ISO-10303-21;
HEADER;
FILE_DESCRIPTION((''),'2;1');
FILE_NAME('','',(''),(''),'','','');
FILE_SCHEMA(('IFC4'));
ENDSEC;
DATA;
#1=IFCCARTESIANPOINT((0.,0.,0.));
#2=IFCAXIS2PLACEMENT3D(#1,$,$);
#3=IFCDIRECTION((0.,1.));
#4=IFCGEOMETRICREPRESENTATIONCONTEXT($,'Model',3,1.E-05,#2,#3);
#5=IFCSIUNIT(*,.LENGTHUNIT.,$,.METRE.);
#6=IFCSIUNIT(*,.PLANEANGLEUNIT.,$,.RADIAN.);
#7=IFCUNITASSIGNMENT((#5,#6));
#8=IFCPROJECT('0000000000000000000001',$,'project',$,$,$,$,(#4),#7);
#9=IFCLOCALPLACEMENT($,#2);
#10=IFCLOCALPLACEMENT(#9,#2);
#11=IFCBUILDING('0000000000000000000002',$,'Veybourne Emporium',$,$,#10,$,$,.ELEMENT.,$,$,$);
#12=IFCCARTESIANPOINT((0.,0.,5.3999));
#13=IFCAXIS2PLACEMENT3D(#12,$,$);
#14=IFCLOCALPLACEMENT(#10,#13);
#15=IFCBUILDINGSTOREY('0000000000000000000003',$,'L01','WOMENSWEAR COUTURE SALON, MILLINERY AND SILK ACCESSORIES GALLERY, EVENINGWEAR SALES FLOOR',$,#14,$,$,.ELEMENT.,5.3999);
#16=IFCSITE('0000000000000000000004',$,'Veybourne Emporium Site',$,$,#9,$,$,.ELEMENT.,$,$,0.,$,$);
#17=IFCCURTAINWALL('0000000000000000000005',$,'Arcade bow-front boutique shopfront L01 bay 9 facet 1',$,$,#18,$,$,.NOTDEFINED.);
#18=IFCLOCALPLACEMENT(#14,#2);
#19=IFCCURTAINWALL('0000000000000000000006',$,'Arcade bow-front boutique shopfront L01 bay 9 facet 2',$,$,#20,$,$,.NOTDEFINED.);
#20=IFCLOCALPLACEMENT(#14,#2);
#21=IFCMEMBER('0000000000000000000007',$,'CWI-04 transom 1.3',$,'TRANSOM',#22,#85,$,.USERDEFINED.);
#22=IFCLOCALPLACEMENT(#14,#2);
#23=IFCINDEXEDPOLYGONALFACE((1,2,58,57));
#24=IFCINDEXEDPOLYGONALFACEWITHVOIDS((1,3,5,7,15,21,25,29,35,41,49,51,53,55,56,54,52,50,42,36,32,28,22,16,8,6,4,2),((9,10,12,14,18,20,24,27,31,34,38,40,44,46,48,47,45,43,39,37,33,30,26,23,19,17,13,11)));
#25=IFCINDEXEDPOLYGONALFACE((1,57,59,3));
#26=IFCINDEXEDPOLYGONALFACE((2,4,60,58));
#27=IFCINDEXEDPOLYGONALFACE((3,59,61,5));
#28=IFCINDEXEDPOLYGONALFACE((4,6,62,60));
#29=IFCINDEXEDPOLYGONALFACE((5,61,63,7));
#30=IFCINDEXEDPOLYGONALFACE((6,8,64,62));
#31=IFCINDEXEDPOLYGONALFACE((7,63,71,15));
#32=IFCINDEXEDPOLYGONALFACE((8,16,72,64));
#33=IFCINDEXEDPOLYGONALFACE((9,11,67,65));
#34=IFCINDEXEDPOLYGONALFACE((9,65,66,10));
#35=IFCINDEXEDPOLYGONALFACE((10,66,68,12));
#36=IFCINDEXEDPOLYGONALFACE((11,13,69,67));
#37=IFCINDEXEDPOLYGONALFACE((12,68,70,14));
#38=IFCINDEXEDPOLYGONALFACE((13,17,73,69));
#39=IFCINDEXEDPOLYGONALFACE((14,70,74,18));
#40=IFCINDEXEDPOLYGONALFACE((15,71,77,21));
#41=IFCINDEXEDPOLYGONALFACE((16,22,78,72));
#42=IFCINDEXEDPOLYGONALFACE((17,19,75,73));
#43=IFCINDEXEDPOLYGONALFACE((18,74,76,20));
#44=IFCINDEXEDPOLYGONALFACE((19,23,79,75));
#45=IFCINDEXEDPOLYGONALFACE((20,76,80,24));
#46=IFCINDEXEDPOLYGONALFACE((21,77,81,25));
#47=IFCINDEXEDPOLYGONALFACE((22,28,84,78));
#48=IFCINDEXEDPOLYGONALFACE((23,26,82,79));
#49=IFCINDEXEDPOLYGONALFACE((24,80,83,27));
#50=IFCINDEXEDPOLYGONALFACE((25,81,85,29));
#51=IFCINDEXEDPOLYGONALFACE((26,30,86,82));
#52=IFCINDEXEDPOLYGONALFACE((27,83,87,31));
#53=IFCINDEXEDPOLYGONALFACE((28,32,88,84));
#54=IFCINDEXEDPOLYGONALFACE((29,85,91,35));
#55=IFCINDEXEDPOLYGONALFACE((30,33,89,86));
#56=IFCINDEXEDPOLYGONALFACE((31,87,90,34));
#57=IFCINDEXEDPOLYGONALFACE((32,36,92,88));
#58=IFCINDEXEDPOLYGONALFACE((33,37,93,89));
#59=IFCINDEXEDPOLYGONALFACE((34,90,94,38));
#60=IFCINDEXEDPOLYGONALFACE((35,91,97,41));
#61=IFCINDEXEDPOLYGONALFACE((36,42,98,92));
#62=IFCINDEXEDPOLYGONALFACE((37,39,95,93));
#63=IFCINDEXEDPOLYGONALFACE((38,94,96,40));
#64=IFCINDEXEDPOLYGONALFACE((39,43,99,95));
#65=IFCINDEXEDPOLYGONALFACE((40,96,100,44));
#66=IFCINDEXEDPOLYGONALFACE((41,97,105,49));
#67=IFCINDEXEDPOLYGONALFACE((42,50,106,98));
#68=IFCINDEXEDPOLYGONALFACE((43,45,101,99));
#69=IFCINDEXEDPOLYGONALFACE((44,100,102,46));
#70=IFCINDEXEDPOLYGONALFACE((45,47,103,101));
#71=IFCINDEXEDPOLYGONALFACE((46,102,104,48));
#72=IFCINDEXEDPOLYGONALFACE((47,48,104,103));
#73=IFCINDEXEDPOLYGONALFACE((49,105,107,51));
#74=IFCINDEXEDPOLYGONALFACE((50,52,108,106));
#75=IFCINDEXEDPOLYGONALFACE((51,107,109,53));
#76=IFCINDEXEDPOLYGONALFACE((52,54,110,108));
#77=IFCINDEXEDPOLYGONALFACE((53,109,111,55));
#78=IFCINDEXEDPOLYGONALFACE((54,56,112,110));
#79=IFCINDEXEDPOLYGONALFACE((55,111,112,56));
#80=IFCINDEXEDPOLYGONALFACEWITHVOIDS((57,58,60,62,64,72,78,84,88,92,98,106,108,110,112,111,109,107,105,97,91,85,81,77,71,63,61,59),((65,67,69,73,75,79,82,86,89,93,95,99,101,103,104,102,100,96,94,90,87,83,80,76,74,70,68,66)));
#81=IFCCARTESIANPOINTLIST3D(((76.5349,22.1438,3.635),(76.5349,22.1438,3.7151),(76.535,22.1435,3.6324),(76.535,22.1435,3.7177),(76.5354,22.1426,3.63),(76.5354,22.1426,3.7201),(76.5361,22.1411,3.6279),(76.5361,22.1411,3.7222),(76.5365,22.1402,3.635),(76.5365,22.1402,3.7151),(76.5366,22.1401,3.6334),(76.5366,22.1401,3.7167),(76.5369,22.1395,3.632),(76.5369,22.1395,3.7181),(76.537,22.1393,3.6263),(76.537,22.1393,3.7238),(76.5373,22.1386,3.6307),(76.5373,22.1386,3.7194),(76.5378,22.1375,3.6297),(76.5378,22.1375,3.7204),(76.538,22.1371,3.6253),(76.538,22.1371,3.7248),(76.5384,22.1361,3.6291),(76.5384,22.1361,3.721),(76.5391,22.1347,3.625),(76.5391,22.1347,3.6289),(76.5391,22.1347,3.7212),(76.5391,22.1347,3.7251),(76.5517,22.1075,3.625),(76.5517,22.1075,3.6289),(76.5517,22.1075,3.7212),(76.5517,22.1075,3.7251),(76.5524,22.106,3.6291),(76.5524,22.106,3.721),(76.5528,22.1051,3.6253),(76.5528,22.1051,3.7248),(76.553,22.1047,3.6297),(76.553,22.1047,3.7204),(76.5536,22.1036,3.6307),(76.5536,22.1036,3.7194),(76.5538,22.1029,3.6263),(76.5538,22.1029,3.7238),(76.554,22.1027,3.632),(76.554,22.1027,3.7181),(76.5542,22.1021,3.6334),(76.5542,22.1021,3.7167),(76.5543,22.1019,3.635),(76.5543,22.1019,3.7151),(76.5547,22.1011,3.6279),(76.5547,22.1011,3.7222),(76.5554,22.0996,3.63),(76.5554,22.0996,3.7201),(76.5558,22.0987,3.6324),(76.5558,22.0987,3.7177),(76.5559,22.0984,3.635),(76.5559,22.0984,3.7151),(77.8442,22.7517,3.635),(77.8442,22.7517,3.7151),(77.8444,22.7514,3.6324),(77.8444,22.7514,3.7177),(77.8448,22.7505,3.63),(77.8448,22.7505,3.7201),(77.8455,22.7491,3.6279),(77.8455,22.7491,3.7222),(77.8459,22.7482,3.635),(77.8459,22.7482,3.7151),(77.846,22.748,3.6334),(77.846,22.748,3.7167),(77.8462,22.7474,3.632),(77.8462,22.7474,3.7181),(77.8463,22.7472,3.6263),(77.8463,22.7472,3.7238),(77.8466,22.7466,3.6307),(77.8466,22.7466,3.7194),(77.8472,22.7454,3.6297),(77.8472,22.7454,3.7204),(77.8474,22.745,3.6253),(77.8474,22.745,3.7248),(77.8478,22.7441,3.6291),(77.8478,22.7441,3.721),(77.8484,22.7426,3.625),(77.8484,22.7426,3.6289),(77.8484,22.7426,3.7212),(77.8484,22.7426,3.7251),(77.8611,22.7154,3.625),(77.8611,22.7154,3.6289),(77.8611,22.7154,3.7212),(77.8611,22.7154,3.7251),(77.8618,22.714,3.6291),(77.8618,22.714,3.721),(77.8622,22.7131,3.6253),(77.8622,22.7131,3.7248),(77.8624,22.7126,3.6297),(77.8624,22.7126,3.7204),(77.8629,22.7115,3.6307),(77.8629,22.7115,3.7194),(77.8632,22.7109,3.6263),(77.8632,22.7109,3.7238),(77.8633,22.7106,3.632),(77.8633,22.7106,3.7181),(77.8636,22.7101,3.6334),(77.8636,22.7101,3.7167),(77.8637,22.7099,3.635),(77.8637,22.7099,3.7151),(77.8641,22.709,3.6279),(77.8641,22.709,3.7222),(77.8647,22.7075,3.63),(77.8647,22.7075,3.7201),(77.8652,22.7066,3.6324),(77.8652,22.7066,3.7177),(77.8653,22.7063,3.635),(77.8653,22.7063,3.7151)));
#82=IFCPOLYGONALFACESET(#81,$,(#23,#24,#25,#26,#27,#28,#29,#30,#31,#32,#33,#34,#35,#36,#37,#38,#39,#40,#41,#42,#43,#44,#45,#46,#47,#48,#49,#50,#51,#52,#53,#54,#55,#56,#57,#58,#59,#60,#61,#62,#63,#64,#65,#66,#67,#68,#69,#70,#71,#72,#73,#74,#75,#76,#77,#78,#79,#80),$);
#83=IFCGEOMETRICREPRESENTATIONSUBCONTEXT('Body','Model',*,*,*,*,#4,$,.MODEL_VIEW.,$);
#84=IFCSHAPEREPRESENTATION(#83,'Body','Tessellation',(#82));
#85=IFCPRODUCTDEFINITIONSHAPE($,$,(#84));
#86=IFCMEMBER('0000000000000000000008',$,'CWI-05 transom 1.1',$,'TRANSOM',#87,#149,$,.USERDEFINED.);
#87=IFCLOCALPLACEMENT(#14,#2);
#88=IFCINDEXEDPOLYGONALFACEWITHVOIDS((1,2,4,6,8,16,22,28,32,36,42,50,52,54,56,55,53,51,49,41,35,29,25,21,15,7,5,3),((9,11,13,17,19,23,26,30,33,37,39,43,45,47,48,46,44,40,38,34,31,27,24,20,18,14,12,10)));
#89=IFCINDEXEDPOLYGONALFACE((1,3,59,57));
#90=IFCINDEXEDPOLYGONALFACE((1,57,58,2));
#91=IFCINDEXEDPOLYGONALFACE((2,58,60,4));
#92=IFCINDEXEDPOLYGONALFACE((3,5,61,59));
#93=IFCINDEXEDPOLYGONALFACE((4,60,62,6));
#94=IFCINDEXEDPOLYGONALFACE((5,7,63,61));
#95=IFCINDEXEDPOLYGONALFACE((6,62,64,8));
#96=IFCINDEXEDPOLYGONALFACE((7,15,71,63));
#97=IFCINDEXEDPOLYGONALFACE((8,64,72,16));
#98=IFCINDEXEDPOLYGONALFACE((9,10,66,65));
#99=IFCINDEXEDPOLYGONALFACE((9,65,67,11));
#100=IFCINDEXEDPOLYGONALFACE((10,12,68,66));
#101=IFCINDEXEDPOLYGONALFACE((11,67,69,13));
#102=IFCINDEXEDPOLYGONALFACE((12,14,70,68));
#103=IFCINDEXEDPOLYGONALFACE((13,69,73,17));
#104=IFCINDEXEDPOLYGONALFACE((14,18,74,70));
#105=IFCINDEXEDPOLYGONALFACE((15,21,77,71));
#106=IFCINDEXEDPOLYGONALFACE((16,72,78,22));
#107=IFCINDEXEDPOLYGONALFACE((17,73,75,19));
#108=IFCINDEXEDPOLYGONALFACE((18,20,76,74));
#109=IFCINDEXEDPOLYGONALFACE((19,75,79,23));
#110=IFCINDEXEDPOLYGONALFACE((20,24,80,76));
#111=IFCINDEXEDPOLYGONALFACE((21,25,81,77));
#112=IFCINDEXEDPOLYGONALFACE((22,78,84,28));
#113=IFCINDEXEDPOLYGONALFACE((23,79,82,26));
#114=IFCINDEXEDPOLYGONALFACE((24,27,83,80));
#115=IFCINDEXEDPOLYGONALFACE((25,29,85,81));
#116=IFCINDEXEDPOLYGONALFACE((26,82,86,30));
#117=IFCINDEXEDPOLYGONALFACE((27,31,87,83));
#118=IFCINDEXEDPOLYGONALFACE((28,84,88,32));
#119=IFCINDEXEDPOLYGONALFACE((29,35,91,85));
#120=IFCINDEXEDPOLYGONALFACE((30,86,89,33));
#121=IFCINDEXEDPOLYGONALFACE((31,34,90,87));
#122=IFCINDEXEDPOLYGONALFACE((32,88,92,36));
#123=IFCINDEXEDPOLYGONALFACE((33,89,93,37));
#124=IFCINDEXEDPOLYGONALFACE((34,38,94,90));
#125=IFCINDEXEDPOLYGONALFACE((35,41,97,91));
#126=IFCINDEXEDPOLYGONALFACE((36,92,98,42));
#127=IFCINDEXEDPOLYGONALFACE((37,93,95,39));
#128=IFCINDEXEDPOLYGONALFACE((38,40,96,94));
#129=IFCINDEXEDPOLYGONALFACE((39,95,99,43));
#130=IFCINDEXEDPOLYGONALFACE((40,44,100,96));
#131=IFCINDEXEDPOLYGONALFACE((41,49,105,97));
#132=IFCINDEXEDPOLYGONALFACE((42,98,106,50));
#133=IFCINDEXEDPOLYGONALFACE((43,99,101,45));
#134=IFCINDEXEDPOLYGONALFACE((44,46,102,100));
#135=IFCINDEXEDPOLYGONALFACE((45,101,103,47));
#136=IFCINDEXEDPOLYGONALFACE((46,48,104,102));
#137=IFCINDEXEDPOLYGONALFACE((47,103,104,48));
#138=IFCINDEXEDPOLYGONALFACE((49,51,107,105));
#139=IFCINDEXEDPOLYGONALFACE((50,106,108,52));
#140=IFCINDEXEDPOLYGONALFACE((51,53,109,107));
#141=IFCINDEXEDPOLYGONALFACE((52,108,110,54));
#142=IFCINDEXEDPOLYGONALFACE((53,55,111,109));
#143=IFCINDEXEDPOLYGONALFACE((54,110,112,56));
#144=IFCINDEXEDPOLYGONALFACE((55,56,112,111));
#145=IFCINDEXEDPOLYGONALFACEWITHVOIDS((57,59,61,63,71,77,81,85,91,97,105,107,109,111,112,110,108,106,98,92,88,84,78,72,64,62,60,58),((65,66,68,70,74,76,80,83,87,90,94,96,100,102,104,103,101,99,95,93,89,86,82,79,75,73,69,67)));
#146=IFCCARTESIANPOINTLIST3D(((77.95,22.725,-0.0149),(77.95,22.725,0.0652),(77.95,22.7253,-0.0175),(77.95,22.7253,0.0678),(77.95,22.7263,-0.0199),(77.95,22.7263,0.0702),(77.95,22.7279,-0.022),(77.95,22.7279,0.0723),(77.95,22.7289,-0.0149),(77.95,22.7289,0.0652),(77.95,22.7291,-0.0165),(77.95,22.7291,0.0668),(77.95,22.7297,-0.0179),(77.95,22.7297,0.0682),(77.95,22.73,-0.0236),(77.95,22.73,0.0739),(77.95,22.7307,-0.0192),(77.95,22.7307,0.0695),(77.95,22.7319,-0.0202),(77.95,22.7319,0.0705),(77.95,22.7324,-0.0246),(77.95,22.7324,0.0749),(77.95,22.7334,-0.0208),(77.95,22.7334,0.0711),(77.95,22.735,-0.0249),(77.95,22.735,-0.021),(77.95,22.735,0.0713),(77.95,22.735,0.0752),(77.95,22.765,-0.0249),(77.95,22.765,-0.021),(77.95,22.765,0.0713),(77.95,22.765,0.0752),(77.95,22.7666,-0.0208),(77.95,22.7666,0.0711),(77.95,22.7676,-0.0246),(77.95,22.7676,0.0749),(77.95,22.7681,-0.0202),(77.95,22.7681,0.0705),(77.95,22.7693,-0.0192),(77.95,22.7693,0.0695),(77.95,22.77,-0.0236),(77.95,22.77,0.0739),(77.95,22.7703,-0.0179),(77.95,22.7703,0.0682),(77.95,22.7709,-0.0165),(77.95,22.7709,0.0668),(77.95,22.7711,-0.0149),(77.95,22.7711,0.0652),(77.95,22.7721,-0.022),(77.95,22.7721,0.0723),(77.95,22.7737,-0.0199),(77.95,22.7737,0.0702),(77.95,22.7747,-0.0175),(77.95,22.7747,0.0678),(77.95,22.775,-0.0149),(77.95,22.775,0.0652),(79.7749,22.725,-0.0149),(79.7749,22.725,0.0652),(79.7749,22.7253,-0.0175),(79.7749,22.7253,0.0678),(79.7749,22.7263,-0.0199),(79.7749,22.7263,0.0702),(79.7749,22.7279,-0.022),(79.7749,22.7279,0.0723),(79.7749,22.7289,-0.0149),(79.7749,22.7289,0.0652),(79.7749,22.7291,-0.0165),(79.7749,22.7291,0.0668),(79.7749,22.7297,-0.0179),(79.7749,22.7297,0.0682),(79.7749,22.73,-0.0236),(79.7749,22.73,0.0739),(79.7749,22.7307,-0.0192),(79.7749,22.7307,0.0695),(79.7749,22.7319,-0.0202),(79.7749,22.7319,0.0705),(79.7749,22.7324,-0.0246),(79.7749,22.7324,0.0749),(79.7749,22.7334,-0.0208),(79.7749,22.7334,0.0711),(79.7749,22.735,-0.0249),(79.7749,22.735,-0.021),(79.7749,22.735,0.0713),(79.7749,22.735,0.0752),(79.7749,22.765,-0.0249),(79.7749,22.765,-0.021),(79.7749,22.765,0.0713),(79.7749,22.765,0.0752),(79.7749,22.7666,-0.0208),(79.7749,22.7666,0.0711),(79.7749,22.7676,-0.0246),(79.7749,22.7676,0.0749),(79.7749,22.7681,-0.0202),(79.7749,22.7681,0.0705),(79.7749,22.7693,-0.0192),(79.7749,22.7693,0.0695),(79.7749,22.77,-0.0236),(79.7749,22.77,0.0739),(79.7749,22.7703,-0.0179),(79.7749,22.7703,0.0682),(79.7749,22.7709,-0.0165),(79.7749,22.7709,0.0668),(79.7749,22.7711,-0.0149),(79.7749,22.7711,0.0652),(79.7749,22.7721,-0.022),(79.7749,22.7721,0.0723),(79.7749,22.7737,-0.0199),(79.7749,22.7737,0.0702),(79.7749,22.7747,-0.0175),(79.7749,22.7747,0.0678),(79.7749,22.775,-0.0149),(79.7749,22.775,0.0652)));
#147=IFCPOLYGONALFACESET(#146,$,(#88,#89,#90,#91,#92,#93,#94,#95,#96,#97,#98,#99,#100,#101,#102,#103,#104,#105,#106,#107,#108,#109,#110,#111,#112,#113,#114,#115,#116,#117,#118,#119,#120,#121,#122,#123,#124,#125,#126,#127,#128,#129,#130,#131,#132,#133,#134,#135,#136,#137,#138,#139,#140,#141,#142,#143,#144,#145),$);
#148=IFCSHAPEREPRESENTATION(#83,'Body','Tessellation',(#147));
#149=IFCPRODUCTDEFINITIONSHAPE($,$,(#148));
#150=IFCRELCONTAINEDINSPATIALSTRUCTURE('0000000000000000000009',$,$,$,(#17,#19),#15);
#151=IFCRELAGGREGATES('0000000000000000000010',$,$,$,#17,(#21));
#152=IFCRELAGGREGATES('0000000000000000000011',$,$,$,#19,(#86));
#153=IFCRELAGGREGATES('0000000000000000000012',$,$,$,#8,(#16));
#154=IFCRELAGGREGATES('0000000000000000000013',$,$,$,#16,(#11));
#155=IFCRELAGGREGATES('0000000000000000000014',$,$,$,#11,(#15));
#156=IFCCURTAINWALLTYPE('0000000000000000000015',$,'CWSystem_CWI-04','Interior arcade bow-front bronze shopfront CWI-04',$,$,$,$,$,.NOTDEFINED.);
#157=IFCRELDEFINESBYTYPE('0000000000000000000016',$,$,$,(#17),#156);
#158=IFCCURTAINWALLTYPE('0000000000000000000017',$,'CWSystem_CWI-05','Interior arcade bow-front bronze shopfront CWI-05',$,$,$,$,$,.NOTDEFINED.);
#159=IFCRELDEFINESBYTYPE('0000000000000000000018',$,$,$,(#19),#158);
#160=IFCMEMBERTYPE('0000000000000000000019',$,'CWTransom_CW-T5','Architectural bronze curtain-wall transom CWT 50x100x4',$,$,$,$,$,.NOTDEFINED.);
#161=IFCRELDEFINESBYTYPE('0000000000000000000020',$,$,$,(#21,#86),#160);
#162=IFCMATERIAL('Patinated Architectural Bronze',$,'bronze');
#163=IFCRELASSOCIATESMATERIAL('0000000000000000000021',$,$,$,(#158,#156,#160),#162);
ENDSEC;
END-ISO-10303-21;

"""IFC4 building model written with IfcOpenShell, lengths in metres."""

from ifc_helpers import new_model, si_unit, direction, frame, origin, origin_2d, place, context, subcontext, project, spatial, hollow_rectangle, extrude, material, material_profile, profile_set, type_object, element, aggregate, save


model = new_model("IFC4")

# Units and contexts
model_context = context("Model", 3, precision=1e-05, world=origin(), true_north=direction((0.0, 1.0)))
body_context = subcontext(model_context, "Body", "Model", "MODEL_VIEW")
ifc_project = project(units=[si_unit("LENGTHUNIT", "METRE"), si_unit("PLANEANGLEUNIT", "RADIAN")], contexts=[model_context])

# Site, building, storey
site_placement = place(None, origin())
site = spatial("IfcSite", under=ifc_project, at=site_placement, Name="Veybourne Emporium Site", CompositionType="ELEMENT", RefElevation=0.0)
building_placement = place(site_placement, origin())
building = spatial("IfcBuilding", under=site, at=building_placement, Name="Veybourne Emporium", CompositionType="ELEMENT")
storey_placement = place(building_placement, frame((0.0, 0.0, 5.3999)))
storey = spatial("IfcBuildingStorey", under=building, at=storey_placement, Name="L01", Description="WOMENSWEAR COUTURE SALON, MILLINERY AND SILK ACCESSORIES GALLERY, EVENINGWEAR SALES FLOOR", CompositionType="ELEMENT", Elevation=5.3999)

# Shared definitions
ifc_material_1 = material(Name="Patinated Architectural Bronze", Category="bronze")
curtain_wall_type_1 = type_object("IfcCurtainWallType", Name="CWSystem_CWI-05", Description="Interior arcade bow-front bronze shopfront CWI-05", PredefinedType="NOTDEFINED", material=ifc_material_1)

# Curtain walls
curtain_wall_type_2 = type_object("IfcCurtainWallType", Name="CWSystem_CWI-04", Description="Interior arcade bow-front bronze shopfront CWI-04", PredefinedType="NOTDEFINED", material=ifc_material_1)
curtain_wall_1_placement = place(storey_placement, origin())
curtain_wall_1 = element("IfcCurtainWall", 1, at=curtain_wall_1_placement, inside=storey, type_object=curtain_wall_type_2, Name="Arcade bow-front boutique shopfront L01 bay 9 facet 1", PredefinedType="NOTDEFINED")
curtain_wall_2_placement = place(storey_placement, origin())
curtain_wall_2 = element("IfcCurtainWall", 2, at=curtain_wall_2_placement, inside=storey, type_object=curtain_wall_type_1, Name="Arcade bow-front boutique shopfront L01 bay 9 facet 2", PredefinedType="NOTDEFINED")

# Members
ifc_material_profile_1 = material_profile(ifc_material_1, hollow_rectangle(XDim=0.05, YDim=0.1001, WallThickness=0.0039, InnerFilletRadius=0.0061, OuterFilletRadius=0.01, at=origin_2d()), Name="CWT 50x100x4")
ifc_profile_set_1 = profile_set([ifc_material_profile_1], Name="Patinated Architectural Bronze")
member_type_1 = type_object("IfcMemberType", Name="CWTransom_CW-T5", Description="Architectural bronze curtain-wall transom CWT 50x100x4", PredefinedType="NOTDEFINED", material=ifc_profile_set_1)
member_1_placement = place(storey_placement, frame((76.5454, 22.1211, 3.675), z_axis=(0.907007, 0.421116, 0.0), x_axis=(-0.421116, 0.907007, 0.0)))
member_1 = element("IfcMember", 3, at=member_1_placement, type_object=member_type_1, Name="CWI-04 transom 1.3", ObjectType="TRANSOM", PredefinedType="USERDEFINED", context=body_context, shape_type="SweptSolid", body=[
    extrude(hollow_rectangle(XDim=0.05, YDim=0.1001, WallThickness=0.0039, InnerFilletRadius=0.0061, OuterFilletRadius=0.01, at=origin_2d()), origin(), (0.0, 0.0, 1.0), 1.4436),
])
member_2_placement = place(storey_placement, frame((77.95, 22.75, 0.0251), z_axis=(1.0, 0.0, 0.0), x_axis=(0.0, 1.0, 0.0)))
member_2 = element("IfcMember", 4, at=member_2_placement, type_object=member_type_1, Name="CWI-05 transom 1.1", ObjectType="TRANSOM", PredefinedType="USERDEFINED", context=body_context, shape_type="SweptSolid", body=[
    extrude(hollow_rectangle(XDim=0.05, YDim=0.1001, WallThickness=0.0039, InnerFilletRadius=0.0061, OuterFilletRadius=0.01, at=origin_2d()), origin(), (0.0, 0.0, 1.0), 1.825),
])

aggregate(curtain_wall_1, [member_1])
aggregate(curtain_wall_2, [member_2])

save(model, "model.ifc")
